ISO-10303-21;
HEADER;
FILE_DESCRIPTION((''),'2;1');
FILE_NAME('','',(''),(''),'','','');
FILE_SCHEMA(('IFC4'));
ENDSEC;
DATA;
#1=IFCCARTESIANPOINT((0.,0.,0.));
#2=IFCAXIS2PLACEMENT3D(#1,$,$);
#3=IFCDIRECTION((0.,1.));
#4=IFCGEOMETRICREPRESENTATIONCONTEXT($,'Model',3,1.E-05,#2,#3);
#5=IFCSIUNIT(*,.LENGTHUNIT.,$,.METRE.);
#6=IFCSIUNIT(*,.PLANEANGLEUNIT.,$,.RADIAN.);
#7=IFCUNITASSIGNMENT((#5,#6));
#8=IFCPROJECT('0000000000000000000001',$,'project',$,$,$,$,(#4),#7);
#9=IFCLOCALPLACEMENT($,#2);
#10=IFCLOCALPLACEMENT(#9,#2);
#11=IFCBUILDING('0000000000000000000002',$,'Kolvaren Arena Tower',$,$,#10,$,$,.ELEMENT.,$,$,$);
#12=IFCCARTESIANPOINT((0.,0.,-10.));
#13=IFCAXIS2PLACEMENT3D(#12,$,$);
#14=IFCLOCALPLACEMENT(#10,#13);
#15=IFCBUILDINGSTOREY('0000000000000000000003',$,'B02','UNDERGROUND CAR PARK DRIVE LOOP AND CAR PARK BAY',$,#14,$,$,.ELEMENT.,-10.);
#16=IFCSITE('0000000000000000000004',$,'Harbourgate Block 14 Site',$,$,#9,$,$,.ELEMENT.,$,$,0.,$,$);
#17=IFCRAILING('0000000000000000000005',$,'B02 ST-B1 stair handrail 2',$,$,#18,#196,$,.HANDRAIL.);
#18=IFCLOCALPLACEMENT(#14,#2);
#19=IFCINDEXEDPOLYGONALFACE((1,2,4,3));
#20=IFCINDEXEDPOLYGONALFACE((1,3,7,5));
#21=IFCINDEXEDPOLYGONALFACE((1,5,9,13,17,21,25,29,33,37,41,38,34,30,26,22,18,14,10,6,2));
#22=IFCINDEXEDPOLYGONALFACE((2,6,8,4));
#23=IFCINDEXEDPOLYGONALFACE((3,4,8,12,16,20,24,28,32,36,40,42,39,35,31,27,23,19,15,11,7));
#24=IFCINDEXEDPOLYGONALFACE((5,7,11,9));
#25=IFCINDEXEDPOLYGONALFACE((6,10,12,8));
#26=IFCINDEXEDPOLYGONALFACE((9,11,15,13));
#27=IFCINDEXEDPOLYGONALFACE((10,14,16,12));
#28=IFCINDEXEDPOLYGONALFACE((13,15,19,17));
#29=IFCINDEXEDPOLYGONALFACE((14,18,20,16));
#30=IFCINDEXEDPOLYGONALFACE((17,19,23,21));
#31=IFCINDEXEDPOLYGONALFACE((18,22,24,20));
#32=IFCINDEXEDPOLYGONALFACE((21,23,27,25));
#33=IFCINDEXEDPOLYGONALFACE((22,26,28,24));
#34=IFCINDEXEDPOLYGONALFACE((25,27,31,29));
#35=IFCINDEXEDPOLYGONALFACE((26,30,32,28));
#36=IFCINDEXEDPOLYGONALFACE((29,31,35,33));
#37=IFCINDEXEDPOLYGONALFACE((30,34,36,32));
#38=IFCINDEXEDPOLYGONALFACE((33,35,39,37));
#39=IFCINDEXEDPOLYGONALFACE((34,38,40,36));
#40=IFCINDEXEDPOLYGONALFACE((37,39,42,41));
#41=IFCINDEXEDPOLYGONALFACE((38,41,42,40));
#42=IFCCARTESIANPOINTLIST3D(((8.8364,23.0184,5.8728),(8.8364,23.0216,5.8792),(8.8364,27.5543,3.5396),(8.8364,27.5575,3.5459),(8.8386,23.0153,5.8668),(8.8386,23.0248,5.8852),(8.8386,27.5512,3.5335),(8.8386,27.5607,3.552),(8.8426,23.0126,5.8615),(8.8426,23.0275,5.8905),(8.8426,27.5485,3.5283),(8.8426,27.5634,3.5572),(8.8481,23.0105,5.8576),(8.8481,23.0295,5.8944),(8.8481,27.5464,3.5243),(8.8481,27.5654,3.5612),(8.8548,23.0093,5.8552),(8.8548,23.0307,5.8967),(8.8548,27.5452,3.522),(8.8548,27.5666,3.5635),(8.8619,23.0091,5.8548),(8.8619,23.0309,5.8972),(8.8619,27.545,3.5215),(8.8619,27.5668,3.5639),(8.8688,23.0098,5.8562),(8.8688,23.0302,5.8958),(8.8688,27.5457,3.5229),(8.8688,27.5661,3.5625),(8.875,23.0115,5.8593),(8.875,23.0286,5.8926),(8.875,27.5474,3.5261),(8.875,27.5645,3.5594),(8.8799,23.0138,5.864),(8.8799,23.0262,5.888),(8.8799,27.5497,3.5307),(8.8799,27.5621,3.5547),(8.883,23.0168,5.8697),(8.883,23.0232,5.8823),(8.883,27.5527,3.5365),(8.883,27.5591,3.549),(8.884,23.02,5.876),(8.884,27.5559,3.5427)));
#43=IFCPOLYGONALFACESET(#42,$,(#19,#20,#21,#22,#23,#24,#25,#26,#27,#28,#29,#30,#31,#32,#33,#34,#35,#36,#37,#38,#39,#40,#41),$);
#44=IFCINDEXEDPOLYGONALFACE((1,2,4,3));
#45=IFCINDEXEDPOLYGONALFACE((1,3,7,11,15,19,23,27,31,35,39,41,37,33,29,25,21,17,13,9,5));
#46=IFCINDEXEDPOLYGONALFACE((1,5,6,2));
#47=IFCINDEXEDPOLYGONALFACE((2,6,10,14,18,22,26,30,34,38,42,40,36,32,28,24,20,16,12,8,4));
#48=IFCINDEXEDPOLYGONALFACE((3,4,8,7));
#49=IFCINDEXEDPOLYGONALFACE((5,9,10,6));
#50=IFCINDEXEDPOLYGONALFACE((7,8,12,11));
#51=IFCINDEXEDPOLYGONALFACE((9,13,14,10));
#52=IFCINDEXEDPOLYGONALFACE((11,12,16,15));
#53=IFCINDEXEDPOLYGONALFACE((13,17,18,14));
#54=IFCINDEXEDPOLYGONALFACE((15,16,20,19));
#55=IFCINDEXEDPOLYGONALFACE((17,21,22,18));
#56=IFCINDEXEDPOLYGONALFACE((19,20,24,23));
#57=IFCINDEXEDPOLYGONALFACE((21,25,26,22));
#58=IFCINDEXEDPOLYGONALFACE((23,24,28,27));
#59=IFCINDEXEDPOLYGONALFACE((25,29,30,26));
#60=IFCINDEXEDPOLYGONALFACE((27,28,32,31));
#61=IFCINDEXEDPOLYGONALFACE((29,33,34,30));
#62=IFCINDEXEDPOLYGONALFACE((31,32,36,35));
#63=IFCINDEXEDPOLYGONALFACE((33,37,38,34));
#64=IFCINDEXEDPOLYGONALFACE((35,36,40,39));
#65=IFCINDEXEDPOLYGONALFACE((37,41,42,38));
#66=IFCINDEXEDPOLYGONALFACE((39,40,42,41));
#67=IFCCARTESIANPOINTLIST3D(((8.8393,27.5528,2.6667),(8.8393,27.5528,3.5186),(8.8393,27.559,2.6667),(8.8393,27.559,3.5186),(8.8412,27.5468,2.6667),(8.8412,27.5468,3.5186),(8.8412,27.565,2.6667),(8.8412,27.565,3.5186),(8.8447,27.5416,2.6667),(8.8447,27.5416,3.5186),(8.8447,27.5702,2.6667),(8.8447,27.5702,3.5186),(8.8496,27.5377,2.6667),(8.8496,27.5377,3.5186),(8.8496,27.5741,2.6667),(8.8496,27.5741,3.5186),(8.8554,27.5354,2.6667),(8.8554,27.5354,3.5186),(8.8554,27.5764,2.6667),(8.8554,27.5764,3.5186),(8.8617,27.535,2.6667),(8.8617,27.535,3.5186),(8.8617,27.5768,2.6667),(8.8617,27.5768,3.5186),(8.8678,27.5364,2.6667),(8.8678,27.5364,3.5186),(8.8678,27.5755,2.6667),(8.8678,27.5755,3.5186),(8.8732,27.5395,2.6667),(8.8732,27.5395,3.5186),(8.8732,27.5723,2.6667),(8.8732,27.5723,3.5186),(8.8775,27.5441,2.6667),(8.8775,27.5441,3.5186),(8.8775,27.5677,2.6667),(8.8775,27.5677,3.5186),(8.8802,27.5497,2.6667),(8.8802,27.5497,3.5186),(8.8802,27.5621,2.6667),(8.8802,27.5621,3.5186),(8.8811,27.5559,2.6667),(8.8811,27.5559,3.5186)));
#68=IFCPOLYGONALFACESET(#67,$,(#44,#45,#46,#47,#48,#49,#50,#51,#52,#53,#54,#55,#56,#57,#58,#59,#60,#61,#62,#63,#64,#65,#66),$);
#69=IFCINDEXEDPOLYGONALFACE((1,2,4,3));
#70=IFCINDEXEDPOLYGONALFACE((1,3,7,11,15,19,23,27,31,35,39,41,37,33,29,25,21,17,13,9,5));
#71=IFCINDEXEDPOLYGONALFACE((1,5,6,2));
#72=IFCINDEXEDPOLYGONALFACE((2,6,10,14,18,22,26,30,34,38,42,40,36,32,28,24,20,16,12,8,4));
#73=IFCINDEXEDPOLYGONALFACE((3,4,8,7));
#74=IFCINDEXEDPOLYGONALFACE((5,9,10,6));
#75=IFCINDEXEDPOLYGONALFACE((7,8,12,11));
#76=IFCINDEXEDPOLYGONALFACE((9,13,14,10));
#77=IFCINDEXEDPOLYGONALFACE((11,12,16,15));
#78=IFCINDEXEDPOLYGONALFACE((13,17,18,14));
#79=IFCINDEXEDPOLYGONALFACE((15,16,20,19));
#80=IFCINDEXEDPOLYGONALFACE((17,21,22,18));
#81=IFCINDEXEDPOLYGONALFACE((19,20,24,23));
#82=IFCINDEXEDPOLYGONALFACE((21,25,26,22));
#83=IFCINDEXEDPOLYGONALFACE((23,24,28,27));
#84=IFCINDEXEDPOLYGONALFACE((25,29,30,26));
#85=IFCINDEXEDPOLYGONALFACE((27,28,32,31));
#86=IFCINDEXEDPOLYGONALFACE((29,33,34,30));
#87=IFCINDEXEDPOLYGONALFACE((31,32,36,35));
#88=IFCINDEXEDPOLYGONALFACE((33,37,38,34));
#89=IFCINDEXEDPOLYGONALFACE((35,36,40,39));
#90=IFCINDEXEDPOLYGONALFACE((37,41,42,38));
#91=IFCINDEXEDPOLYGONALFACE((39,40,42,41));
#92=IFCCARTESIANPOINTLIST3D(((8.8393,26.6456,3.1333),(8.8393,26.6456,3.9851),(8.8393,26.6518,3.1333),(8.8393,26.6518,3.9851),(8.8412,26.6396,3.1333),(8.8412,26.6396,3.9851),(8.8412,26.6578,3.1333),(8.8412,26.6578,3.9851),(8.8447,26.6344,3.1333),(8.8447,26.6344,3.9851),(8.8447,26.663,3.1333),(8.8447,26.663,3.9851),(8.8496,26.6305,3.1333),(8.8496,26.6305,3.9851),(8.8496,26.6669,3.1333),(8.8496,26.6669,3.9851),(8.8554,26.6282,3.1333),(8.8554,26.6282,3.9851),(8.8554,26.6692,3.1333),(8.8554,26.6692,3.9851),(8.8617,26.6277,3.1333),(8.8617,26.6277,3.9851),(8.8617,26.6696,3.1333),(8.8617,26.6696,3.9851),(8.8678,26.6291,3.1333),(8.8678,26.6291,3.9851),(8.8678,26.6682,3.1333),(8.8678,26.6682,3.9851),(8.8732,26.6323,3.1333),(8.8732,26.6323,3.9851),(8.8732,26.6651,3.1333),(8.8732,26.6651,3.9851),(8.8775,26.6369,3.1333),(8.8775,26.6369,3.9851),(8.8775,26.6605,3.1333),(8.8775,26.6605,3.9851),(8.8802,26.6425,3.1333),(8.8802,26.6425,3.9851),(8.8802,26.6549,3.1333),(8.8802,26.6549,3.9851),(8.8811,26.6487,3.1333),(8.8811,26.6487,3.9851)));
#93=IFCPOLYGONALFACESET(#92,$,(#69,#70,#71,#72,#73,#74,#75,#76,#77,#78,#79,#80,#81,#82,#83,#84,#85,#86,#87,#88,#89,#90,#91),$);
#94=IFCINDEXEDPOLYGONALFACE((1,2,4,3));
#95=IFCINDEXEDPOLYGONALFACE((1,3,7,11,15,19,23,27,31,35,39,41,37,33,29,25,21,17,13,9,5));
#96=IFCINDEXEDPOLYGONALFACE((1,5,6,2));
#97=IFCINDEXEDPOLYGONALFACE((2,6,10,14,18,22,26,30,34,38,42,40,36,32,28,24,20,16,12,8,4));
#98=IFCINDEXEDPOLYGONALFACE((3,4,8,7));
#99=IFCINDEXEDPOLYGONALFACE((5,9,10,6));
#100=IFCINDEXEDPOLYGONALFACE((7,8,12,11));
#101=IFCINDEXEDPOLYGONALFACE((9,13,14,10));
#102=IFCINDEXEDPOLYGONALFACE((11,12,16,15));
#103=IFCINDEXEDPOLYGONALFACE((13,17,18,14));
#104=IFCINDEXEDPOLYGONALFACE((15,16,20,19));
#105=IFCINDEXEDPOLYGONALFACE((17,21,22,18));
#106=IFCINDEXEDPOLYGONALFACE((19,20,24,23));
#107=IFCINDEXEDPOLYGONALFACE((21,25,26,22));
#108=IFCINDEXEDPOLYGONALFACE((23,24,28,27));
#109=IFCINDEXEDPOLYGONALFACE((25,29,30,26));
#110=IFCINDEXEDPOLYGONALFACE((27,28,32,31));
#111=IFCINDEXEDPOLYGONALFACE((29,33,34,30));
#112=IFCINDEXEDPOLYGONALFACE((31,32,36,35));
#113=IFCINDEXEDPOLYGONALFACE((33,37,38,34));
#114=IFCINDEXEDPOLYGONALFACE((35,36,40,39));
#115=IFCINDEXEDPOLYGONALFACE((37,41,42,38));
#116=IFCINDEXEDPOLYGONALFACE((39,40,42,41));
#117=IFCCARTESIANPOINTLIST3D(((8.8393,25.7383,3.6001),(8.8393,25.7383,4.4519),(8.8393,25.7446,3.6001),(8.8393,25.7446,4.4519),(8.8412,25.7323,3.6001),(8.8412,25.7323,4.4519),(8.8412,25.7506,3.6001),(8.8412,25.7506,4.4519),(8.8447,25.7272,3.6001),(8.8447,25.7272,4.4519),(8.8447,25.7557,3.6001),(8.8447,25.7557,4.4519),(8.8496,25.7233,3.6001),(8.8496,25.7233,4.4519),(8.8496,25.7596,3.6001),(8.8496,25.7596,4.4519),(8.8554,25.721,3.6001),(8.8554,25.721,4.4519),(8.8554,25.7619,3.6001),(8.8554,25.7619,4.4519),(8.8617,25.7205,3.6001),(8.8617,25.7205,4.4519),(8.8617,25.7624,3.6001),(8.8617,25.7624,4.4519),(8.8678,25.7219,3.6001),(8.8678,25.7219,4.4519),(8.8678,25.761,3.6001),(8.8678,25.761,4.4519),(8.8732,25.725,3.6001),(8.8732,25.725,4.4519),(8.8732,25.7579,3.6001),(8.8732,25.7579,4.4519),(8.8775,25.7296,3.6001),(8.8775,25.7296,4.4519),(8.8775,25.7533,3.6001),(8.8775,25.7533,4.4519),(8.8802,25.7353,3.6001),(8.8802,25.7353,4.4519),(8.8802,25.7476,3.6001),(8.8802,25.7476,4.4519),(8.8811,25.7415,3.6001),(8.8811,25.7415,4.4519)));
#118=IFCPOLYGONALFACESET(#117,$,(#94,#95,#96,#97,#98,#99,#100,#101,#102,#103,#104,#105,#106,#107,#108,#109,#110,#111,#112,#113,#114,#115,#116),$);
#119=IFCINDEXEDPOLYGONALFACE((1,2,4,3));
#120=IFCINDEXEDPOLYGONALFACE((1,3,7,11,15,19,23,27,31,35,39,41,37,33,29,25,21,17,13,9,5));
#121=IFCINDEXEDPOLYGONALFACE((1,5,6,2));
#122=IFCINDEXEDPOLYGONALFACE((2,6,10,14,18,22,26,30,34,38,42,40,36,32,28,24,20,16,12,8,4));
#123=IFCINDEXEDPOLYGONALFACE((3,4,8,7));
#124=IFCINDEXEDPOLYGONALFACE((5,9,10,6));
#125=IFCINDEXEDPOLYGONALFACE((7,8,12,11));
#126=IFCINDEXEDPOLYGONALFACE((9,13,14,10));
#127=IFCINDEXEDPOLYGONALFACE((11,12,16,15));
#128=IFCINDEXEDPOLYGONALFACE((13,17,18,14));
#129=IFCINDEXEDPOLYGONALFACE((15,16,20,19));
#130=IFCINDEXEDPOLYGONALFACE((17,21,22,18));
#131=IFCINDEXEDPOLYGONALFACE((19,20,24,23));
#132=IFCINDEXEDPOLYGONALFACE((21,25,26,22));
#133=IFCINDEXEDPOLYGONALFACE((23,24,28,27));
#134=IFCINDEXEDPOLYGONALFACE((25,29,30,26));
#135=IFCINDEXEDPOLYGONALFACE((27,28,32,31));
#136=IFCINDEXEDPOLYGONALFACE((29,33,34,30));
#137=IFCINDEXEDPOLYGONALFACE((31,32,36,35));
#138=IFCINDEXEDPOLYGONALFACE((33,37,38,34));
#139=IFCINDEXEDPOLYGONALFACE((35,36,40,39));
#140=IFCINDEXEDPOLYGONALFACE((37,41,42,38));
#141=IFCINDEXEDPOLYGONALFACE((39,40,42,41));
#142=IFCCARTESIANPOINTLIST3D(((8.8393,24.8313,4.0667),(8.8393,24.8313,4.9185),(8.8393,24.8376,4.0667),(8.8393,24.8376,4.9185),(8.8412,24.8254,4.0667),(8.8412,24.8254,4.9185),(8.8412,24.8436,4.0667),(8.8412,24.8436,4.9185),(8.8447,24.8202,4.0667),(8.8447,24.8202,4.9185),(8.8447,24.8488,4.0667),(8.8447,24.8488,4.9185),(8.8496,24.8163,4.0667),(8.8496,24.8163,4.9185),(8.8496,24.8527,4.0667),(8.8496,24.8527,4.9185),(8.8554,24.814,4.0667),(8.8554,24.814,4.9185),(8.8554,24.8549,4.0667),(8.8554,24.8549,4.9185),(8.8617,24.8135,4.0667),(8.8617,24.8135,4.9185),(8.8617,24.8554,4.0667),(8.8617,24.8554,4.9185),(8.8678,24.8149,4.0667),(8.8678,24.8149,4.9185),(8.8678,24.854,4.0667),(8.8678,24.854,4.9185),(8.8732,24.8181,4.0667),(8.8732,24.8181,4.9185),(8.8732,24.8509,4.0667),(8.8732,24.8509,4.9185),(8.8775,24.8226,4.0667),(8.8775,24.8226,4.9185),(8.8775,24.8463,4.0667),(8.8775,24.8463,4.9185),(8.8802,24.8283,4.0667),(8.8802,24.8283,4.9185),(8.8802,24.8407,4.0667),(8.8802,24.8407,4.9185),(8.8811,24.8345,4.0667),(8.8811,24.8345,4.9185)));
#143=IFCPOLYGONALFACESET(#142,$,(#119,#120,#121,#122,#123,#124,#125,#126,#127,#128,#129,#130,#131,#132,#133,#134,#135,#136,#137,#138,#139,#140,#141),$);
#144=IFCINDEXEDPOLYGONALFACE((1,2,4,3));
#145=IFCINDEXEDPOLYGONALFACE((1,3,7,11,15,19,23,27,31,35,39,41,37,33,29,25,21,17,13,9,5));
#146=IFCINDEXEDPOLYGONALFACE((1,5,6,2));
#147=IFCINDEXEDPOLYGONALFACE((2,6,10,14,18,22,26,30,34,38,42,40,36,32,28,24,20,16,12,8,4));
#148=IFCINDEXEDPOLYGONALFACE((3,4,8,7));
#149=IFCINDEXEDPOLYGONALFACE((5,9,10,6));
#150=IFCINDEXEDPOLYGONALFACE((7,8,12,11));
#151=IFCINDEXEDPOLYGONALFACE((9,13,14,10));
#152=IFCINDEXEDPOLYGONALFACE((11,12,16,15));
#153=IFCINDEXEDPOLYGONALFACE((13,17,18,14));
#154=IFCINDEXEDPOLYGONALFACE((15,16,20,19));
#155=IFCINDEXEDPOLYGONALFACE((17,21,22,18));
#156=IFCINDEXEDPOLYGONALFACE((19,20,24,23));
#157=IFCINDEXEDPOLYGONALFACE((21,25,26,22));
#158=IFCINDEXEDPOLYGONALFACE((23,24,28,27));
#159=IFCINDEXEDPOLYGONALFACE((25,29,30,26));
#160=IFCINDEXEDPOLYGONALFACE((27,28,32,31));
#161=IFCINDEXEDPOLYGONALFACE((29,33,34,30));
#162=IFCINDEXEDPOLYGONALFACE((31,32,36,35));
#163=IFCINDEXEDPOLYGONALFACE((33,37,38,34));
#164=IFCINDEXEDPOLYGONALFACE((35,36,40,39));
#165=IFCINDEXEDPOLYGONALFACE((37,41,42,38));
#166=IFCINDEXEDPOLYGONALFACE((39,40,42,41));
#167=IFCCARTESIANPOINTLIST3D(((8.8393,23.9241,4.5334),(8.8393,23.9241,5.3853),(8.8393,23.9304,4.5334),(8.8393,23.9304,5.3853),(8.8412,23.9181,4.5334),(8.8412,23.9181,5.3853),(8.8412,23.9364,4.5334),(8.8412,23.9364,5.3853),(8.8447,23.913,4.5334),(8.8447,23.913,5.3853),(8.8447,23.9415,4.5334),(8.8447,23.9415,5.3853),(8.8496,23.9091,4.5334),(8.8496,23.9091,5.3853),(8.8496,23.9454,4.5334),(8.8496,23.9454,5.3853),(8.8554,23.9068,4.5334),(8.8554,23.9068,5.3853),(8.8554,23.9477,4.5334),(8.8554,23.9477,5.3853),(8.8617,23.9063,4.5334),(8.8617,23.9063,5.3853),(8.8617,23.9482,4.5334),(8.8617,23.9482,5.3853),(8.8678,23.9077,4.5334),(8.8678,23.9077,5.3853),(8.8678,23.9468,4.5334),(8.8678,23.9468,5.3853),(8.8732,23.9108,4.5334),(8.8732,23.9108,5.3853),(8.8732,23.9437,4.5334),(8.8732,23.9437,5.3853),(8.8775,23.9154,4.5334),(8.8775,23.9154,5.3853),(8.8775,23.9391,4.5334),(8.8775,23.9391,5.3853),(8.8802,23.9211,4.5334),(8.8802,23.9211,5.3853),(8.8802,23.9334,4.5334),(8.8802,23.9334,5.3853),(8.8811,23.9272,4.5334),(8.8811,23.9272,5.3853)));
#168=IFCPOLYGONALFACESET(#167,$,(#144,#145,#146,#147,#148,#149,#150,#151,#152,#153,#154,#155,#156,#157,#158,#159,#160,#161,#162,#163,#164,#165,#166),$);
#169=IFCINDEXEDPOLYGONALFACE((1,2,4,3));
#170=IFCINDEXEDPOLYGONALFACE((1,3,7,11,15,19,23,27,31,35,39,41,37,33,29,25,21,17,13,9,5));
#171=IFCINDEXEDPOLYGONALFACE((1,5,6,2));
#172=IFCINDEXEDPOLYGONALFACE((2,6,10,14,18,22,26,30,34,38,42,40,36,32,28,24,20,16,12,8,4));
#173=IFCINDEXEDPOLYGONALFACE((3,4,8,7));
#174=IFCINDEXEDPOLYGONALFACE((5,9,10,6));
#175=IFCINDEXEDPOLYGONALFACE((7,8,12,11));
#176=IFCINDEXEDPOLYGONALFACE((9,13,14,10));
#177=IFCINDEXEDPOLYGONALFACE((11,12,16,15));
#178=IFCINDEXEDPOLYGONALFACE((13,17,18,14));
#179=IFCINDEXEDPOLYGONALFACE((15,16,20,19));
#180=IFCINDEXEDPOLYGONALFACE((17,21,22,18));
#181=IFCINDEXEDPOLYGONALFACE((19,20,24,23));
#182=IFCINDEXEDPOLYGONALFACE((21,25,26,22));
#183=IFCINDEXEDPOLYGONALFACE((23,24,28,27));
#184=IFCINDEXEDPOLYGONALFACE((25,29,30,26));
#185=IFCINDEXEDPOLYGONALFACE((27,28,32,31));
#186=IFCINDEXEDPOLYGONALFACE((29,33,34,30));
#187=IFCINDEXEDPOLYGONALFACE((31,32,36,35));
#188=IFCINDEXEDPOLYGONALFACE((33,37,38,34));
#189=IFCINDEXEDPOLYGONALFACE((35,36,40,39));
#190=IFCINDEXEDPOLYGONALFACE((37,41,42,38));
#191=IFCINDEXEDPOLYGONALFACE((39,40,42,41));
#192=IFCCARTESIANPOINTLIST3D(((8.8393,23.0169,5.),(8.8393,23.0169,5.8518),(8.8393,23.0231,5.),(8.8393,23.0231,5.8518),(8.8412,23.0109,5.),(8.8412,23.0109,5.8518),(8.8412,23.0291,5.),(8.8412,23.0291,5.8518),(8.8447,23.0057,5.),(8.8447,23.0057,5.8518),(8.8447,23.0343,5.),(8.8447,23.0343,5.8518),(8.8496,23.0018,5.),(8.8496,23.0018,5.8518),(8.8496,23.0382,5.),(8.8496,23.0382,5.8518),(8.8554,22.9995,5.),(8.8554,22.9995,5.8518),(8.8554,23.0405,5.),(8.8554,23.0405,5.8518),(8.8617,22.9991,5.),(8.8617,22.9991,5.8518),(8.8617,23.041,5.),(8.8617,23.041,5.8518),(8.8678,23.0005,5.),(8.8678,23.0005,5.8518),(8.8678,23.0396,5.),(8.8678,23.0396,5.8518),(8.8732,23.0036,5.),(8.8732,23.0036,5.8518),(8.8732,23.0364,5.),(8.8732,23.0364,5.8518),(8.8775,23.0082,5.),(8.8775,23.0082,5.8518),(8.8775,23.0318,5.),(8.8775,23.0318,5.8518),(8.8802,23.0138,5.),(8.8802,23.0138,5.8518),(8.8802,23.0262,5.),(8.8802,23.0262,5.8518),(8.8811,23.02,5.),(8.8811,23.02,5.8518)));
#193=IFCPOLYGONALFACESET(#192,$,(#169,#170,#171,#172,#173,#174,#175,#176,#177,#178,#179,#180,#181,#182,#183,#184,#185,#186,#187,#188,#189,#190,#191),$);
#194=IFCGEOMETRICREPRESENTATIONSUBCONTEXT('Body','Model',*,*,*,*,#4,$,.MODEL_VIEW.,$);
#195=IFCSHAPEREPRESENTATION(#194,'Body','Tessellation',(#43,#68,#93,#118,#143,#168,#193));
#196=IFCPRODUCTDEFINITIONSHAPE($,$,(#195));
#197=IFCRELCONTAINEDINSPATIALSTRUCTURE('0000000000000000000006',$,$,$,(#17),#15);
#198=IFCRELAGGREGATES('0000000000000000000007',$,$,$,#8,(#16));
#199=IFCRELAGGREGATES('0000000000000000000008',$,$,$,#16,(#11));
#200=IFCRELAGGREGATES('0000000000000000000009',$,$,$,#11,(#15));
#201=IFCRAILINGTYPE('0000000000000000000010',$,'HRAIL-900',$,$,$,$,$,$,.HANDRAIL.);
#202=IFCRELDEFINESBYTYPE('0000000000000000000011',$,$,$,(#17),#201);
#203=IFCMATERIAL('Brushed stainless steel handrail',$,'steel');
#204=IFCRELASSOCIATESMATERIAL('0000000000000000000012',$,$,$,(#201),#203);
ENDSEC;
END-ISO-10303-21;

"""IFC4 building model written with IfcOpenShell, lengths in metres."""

from ifc_helpers import new_model, si_unit, direction, frame, origin, origin_2d, place, context, subcontext, project, spatial, circle, extrude, material, type_object, element, save


model = new_model("IFC4")

# Units and contexts
model_context = context("Model", 3, precision=1e-05, world=origin(), true_north=direction((0.0, 1.0)))
body_context = subcontext(model_context, "Body", "Model", "MODEL_VIEW")
ifc_project = project(units=[si_unit("LENGTHUNIT", "METRE"), si_unit("PLANEANGLEUNIT", "RADIAN")], contexts=[model_context])

# Site, building, storey
site_placement = place(None, origin())
site = spatial("IfcSite", under=ifc_project, at=site_placement, Name="Harbourgate Block 14 Site", CompositionType="ELEMENT", RefElevation=0.0)
building_placement = place(site_placement, origin())
building = spatial("IfcBuilding", under=site, at=building_placement, Name="Kolvaren Arena Tower", CompositionType="ELEMENT")
storey_placement = place(building_placement, frame((0.0, 0.0, -10.0)))
storey = spatial("IfcBuildingStorey", under=building, at=storey_placement, Name="B02", Description="UNDERGROUND CAR PARK DRIVE LOOP AND CAR PARK BAY", CompositionType="ELEMENT", Elevation=-10.0)

# Railing
ifc_material_1 = material(Name="Brushed stainless steel handrail", Category="steel")
railing_type_1 = type_object("IfcRailingType", Name="HRAIL-900", PredefinedType="HANDRAIL", material=ifc_material_1)
railing_1_placement = place(storey_placement, frame((8.8601, 27.5559, 2.6667)))
element("IfcRailing", 1, at=railing_1_placement, inside=storey, type_object=railing_type_1, Name="B02 ST-B1 stair handrail 2", PredefinedType="HANDRAIL", context=body_context, shape_type="SweptSolid", body=[
    extrude(circle(Radius=0.0239, at=origin_2d()), frame((0.0, 0.0, 0.876), z_axis=(0.0, -0.889247, 0.457427), x_axis=(1.0, 0.0, 0.0)), (0.0, 0.0, 1.0), 5.1008),
    extrude(circle(Radius=0.021, at=origin_2d()), origin(), (0.0, 0.0, 1.0), 0.8518),
    extrude(circle(Radius=0.021, at=origin_2d()), frame((0.0, -0.9072, 0.4666)), (0.0, 0.0, 1.0), 0.8518),
    extrude(circle(Radius=0.021, at=origin_2d()), frame((0.0, -1.8145, 0.9333)), (0.0, 0.0, 1.0), 0.8518),
    extrude(circle(Radius=0.021, at=origin_2d()), frame((0.0, -2.7214, 1.3999)), (0.0, 0.0, 1.0), 0.8518),
    extrude(circle(Radius=0.021, at=origin_2d()), frame((0.0, -3.6287, 1.8667)), (0.0, 0.0, 1.0), 0.8518),
    extrude(circle(Radius=0.021, at=origin_2d()), frame((0.0, -4.5359, 2.3333)), (0.0, 0.0, 1.0), 0.8518),
])

save(model, "model.ifc")
